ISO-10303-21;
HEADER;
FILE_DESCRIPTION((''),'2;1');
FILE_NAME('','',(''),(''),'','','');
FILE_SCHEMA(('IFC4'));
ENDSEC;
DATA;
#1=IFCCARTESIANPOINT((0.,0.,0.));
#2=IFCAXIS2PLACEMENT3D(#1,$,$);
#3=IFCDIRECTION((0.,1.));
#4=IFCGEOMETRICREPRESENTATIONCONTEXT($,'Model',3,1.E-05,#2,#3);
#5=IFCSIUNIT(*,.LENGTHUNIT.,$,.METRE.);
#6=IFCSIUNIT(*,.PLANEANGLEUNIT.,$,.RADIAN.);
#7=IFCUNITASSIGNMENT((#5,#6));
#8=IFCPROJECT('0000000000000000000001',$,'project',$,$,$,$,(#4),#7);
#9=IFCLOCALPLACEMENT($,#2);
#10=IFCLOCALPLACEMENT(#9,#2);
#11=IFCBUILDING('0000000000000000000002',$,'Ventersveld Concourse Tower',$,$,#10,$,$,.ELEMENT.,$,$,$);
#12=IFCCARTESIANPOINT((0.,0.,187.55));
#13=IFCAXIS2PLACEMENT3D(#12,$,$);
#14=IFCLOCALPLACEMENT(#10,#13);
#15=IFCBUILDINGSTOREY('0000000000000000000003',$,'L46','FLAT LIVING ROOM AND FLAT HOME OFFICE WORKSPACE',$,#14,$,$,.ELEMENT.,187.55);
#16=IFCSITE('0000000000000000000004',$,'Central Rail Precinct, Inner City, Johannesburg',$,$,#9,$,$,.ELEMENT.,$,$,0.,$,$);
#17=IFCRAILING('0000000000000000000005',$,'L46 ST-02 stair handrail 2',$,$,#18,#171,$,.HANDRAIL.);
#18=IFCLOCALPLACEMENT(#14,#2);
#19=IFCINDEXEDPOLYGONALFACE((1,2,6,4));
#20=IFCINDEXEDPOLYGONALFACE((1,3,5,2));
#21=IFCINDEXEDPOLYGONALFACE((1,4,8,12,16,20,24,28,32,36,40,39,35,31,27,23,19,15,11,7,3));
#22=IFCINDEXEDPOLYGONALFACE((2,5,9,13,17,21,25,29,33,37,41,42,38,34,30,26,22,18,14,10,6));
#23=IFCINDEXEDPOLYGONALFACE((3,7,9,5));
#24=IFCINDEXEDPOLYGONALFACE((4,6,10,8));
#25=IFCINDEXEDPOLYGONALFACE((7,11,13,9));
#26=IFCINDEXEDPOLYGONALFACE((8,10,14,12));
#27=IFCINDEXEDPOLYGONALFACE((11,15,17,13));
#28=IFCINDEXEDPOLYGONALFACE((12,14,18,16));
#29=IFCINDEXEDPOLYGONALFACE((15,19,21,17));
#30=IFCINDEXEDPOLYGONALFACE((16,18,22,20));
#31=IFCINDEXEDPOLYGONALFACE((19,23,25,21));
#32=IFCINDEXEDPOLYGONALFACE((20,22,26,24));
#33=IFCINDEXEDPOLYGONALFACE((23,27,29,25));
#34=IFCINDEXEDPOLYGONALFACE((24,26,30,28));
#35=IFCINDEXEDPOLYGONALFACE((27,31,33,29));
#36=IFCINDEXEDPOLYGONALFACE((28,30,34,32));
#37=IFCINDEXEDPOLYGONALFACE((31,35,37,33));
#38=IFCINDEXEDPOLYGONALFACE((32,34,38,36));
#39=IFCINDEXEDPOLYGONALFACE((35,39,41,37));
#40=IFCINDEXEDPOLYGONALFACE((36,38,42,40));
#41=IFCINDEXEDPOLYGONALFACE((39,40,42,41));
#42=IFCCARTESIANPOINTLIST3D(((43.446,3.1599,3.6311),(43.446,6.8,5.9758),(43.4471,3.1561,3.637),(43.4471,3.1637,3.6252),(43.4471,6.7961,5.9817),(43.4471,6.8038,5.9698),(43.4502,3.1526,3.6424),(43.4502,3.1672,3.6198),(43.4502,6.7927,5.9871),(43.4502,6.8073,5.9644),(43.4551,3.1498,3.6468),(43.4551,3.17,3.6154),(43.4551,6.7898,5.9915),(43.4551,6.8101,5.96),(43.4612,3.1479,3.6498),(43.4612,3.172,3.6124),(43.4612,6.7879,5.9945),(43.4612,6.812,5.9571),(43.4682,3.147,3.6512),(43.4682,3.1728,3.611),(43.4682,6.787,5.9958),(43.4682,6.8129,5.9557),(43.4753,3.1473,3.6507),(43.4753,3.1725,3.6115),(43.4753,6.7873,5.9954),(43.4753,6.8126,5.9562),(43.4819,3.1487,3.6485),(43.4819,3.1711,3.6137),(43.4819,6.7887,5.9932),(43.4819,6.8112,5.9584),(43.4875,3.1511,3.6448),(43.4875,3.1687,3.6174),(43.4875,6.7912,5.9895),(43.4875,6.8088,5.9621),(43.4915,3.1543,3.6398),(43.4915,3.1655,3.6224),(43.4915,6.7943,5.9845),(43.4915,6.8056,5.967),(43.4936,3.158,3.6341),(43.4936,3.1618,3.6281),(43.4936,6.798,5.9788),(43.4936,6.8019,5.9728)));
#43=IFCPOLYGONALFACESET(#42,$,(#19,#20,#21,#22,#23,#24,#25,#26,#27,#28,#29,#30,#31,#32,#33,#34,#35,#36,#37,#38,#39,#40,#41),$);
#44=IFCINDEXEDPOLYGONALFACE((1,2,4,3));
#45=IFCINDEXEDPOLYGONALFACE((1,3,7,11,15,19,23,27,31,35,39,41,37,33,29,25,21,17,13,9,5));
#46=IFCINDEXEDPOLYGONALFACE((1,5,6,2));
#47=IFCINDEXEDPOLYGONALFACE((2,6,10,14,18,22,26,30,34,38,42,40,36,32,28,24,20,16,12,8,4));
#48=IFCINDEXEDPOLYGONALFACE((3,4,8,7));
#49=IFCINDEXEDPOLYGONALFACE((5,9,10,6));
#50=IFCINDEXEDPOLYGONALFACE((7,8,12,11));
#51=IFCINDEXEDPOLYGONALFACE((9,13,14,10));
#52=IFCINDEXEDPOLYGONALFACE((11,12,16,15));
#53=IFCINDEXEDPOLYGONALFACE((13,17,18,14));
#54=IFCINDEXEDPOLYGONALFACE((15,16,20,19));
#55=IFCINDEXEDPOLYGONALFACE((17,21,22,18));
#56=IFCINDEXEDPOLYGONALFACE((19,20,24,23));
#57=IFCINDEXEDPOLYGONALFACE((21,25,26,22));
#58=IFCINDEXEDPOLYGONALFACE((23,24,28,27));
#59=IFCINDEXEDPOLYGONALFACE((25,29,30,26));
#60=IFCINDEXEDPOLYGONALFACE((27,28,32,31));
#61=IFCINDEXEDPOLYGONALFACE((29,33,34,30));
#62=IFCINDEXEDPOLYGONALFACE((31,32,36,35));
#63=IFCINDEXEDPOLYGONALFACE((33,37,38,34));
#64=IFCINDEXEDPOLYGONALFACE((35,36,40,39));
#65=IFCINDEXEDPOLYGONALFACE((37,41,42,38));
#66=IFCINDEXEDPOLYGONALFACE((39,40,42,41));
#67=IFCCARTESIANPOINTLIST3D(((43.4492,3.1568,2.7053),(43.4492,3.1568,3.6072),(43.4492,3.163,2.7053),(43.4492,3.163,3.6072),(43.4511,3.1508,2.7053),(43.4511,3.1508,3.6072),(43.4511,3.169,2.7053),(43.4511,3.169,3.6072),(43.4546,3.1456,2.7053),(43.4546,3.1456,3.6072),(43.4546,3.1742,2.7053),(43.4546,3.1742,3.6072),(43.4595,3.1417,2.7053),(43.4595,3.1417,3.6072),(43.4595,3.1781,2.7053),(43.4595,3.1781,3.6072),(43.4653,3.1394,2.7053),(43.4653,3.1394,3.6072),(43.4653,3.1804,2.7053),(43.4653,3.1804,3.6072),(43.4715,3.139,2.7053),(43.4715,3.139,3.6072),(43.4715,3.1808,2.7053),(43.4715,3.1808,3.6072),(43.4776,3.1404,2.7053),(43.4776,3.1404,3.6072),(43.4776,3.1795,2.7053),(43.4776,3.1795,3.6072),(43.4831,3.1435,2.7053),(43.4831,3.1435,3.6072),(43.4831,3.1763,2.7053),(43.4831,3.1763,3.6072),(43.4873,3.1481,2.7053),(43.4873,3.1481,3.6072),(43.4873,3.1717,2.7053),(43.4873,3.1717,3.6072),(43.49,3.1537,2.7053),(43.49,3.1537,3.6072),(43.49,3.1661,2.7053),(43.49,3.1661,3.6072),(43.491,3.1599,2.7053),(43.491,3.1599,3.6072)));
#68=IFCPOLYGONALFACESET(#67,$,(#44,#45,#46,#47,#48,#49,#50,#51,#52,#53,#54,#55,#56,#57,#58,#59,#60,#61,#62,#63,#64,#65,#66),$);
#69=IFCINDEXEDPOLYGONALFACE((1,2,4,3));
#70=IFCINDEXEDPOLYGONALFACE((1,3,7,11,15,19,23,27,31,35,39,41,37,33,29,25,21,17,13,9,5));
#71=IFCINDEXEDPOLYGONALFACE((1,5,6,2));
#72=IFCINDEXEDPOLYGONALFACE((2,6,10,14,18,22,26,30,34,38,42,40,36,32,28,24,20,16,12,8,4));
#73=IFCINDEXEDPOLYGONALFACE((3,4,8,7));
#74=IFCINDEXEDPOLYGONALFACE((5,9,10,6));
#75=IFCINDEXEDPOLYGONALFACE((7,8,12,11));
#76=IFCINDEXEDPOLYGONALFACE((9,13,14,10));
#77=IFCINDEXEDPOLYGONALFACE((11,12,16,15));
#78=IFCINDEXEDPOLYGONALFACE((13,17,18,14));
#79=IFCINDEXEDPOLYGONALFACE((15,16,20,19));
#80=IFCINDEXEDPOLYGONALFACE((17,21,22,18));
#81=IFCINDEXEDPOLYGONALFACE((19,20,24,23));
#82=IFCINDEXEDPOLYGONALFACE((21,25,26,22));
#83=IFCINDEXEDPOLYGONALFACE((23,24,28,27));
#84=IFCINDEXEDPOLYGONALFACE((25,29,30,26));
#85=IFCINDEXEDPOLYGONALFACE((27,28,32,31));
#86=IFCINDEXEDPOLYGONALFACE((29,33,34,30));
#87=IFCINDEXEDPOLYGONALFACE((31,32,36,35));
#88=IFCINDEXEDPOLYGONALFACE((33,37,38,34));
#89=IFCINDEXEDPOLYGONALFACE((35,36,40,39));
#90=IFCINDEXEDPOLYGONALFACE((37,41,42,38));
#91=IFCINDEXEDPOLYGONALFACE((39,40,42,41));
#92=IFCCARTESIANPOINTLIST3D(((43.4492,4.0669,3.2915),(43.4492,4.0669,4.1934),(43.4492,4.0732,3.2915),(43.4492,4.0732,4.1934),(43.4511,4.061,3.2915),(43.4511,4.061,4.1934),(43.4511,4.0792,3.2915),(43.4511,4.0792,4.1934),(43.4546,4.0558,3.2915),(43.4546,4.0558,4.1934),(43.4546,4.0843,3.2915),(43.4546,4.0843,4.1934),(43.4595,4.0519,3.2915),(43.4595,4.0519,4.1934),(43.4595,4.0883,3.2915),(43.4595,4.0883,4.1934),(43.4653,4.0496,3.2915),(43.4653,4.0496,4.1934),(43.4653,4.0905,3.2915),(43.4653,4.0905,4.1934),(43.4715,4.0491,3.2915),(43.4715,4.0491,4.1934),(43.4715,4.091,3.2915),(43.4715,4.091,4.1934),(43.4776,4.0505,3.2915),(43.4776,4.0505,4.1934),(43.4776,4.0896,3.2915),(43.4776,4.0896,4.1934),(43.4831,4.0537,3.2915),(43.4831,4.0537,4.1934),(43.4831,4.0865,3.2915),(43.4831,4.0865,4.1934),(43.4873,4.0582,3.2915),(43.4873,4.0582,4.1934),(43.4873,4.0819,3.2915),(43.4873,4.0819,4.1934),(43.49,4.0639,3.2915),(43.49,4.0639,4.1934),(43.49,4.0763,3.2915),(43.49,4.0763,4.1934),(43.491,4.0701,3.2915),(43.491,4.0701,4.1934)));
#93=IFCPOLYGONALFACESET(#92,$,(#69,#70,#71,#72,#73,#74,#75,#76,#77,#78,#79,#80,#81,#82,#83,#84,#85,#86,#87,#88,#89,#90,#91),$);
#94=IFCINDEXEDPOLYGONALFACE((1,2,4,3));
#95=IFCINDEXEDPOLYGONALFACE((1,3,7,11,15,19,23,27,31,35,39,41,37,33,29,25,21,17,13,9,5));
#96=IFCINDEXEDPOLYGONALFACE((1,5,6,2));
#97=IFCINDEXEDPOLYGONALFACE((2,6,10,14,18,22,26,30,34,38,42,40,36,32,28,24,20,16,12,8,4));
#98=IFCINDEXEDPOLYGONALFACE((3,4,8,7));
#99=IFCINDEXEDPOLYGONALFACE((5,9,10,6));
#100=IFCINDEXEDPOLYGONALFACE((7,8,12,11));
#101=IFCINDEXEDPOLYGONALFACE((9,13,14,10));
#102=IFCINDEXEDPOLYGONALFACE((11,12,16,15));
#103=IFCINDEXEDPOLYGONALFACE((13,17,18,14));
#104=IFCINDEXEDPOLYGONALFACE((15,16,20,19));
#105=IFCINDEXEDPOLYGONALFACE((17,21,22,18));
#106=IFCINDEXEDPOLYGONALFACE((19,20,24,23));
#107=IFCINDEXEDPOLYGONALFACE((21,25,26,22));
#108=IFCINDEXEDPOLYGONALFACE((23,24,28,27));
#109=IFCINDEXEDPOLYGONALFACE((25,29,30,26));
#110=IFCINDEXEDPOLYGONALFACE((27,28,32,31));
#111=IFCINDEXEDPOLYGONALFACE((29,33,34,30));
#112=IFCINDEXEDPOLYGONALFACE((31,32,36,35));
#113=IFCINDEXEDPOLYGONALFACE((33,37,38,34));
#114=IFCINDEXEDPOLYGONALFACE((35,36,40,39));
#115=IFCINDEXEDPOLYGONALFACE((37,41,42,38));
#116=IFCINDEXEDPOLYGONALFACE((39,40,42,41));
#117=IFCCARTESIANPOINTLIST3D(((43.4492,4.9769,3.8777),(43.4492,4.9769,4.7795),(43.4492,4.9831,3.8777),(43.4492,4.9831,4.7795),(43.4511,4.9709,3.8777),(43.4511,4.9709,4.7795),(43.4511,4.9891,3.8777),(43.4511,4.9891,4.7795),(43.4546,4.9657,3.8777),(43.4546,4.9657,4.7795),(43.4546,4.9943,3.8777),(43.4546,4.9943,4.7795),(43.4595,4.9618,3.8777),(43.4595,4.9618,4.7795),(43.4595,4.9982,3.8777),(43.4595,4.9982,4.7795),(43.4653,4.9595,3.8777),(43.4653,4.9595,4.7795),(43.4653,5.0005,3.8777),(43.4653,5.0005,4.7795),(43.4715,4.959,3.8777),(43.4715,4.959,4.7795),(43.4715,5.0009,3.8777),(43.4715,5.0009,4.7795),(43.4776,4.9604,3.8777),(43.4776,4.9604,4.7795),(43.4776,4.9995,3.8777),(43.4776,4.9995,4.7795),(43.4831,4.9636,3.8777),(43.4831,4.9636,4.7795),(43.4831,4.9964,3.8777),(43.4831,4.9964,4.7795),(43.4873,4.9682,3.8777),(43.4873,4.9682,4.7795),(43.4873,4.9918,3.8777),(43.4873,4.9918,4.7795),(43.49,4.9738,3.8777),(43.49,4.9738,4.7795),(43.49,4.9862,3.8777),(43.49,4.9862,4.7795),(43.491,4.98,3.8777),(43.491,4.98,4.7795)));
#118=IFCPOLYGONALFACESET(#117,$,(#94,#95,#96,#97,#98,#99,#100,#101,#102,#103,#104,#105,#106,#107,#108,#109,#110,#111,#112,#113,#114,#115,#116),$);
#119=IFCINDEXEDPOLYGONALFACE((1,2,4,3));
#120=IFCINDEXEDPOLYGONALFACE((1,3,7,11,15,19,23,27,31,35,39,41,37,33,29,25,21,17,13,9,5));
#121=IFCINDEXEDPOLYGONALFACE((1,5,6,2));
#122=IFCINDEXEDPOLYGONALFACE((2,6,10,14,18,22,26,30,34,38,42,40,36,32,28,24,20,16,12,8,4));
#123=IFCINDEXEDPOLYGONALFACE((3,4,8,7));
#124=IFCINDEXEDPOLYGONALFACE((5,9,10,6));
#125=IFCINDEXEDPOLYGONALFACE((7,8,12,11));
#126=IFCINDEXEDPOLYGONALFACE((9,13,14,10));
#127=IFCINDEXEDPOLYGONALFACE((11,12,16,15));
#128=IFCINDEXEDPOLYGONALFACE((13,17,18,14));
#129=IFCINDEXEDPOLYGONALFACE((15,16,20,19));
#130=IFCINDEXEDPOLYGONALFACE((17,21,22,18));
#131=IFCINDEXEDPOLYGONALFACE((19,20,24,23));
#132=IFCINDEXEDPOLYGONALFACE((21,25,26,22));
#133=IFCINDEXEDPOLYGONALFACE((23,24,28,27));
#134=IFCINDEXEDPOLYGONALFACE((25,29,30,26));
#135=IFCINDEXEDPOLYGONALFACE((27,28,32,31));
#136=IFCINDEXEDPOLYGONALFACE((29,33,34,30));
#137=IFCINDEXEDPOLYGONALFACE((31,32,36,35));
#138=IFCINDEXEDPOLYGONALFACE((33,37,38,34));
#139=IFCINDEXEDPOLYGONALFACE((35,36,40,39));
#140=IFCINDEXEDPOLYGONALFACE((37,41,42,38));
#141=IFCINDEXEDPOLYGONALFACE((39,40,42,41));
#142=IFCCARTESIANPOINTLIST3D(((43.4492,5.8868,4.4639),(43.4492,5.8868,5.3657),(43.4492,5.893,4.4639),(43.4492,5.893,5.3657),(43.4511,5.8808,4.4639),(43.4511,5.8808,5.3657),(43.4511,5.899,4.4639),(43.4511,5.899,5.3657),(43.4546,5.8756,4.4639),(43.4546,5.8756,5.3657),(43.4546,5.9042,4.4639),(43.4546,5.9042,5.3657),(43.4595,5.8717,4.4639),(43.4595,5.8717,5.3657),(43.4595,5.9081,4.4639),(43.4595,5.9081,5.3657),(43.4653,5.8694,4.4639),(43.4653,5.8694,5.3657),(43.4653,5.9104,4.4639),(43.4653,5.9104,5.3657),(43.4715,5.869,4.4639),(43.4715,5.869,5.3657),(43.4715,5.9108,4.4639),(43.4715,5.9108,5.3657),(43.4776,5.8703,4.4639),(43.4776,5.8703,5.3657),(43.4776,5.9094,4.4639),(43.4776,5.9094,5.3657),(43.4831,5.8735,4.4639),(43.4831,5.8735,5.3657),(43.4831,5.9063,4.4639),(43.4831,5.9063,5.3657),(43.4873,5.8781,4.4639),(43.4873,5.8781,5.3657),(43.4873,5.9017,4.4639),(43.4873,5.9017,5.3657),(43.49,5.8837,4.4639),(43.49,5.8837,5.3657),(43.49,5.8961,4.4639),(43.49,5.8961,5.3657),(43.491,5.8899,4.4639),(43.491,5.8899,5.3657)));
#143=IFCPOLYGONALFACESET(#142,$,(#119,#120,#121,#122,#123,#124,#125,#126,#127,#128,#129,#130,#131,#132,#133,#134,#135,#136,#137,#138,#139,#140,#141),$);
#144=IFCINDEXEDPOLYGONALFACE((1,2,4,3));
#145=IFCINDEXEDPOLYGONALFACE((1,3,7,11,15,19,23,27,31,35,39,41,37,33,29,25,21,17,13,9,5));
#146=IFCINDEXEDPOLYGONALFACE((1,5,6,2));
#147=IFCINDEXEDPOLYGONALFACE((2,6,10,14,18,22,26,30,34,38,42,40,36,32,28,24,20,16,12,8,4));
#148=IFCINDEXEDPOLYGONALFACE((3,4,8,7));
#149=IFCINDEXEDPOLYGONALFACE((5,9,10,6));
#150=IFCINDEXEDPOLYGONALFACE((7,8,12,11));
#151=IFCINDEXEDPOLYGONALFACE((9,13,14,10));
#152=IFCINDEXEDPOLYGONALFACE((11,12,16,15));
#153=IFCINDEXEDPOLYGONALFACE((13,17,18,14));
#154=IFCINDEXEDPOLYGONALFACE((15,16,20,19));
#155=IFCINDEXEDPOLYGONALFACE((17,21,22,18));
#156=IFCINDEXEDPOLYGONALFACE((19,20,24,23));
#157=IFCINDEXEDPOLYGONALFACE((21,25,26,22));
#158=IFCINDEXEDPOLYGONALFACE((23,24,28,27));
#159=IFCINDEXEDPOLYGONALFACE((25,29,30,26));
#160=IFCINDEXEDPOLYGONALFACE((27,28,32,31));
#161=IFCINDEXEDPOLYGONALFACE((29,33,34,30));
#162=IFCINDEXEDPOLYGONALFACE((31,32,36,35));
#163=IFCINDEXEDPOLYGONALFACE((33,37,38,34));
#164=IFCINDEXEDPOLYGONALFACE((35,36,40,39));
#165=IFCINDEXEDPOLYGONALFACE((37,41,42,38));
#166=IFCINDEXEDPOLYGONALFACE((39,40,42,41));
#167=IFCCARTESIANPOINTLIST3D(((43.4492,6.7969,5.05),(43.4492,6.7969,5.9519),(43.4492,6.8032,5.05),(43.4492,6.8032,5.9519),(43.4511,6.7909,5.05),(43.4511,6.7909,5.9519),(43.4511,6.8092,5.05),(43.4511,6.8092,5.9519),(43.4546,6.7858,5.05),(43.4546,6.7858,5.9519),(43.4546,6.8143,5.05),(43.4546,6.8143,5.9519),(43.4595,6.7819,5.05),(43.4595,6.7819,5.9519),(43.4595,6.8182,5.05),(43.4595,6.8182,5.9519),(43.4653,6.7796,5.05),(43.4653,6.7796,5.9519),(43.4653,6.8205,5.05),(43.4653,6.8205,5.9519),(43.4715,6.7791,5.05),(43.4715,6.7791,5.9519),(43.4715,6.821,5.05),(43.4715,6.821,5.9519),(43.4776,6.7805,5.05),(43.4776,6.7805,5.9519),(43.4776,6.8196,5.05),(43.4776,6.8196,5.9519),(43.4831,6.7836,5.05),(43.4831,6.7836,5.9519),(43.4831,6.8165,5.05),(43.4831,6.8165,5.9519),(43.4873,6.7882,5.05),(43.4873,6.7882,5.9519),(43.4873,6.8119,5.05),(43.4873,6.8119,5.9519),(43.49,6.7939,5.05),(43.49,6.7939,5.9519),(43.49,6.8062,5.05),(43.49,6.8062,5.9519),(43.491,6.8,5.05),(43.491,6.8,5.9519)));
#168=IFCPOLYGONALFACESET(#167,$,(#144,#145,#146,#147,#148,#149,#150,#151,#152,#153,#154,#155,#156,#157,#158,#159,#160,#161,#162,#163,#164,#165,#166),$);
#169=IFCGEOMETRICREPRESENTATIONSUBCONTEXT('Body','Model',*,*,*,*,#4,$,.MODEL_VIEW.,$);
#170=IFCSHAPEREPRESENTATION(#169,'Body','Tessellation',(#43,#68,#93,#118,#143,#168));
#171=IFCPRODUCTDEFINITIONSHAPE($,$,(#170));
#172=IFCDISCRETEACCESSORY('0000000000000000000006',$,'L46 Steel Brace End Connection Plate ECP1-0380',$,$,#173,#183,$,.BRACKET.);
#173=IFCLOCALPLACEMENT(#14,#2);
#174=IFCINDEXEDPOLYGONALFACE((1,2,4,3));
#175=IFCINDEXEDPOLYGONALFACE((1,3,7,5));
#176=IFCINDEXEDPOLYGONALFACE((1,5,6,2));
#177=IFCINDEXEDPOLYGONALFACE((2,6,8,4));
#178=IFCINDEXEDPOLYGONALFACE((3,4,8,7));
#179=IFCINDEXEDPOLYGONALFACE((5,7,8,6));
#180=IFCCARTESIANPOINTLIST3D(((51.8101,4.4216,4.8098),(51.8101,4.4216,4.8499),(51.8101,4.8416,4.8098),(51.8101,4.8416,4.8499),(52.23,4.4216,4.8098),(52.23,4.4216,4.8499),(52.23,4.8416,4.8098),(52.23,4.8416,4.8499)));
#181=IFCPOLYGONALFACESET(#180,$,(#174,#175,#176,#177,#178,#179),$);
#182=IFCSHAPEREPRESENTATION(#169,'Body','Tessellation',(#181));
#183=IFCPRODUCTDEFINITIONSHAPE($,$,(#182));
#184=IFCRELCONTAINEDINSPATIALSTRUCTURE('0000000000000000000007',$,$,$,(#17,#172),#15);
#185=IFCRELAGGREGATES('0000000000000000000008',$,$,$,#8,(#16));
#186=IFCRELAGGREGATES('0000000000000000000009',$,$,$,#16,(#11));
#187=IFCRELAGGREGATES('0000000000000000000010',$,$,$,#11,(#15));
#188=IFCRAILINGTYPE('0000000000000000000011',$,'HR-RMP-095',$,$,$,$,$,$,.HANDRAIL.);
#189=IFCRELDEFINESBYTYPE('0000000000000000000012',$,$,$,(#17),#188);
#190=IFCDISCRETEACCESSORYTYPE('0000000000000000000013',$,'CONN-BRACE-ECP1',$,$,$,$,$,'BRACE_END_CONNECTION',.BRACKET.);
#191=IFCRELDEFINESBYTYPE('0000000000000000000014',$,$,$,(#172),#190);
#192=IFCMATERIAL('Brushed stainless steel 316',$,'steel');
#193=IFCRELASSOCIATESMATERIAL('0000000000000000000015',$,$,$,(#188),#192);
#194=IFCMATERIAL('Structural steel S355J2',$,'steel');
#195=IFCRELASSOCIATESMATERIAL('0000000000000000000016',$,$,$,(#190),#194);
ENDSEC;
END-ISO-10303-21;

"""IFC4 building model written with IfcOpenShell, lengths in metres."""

from ifc_helpers import new_model, si_unit, direction, frame, origin, origin_2d, place, context, subcontext, project, spatial, rectangle, circle, extrude, material, type_object, element, save


model = new_model("IFC4")

# Units and contexts
model_context = context("Model", 3, precision=1e-05, world=origin(), true_north=direction((0.0, 1.0)))
body_context = subcontext(model_context, "Body", "Model", "MODEL_VIEW")
ifc_project = project(units=[si_unit("LENGTHUNIT", "METRE"), si_unit("PLANEANGLEUNIT", "RADIAN")], contexts=[model_context])

# Site, building, storey
site_placement = place(None, origin())
site = spatial("IfcSite", under=ifc_project, at=site_placement, Name="Central Rail Precinct, Inner City, Johannesburg", CompositionType="ELEMENT", RefElevation=0.0)
building_placement = place(site_placement, origin())
building = spatial("IfcBuilding", under=site, at=building_placement, Name="Ventersveld Concourse Tower", CompositionType="ELEMENT")
storey_placement = place(building_placement, frame((0.0, 0.0, 187.55)))
storey = spatial("IfcBuildingStorey", under=building, at=storey_placement, Name="L46", Description="FLAT LIVING ROOM AND FLAT HOME OFFICE WORKSPACE", CompositionType="ELEMENT", Elevation=187.55)

# Shared definitions
ifc_material_1 = material(Name="Structural steel S355J2", Category="steel")

# Railing
ifc_material_2 = material(Name="Brushed stainless steel 316", Category="steel")
railing_type = type_object("IfcRailingType", Name="HR-RMP-095", PredefinedType="HANDRAIL", material=ifc_material_2)
railing_placement = place(storey_placement, frame((43.47, 3.1599, 2.7053)))
element("IfcRailing", 1, at=railing_placement, inside=storey, type_object=railing_type, Name="L46 ST-02 stair handrail 2", PredefinedType="HANDRAIL", context=body_context, shape_type="SweptSolid", body=[
    extrude(circle(Radius=0.0239, at=origin_2d()), frame((0.0, 0.0, 0.9258), z_axis=(0.0, 0.840691, 0.541515), x_axis=(-1.0, 0.0, 0.0)), (0.0, 0.0, 1.0), 4.3298),
    extrude(circle(Radius=0.021, at=origin_2d()), origin(), (0.0, 0.0, 1.0), 0.9019),
    extrude(circle(Radius=0.021, at=origin_2d()), frame((0.0, 0.9102, 0.5862)), (0.0, 0.0, 1.0), 0.9019),
    extrude(circle(Radius=0.021, at=origin_2d()), frame((0.0, 1.8201, 1.1724)), (0.0, 0.0, 1.0), 0.9019),
    extrude(circle(Radius=0.021, at=origin_2d()), frame((0.0, 2.73, 1.7585)), (0.0, 0.0, 1.0), 0.9019),
    extrude(circle(Radius=0.021, at=origin_2d()), frame((0.0, 3.6401, 2.3447)), (0.0, 0.0, 1.0), 0.9019),
])

# Discrete accessory
discrete_accessory_type = type_object("IfcDiscreteAccessoryType", Name="CONN-BRACE-ECP1", ElementType="BRACE_END_CONNECTION", PredefinedType="BRACKET", material=ifc_material_1)
discrete_accessory_placement = place(storey_placement, frame((52.02, 4.6316, 4.8098), z_axis=(0.0, 0.0, 1.0), x_axis=(1.0, 0.0, 0.0)))
element("IfcDiscreteAccessory", 2, at=discrete_accessory_placement, inside=storey, type_object=discrete_accessory_type, Name="L46 Steel Brace End Connection Plate ECP1-0380", PredefinedType="BRACKET", context=body_context, shape_type="SweptSolid", body=[
    extrude(rectangle(XDim=0.4199, YDim=0.4199, at=origin_2d()), origin(), (0.0, 0.0, 1.0), 0.04),
])

save(model, "model.ifc")
